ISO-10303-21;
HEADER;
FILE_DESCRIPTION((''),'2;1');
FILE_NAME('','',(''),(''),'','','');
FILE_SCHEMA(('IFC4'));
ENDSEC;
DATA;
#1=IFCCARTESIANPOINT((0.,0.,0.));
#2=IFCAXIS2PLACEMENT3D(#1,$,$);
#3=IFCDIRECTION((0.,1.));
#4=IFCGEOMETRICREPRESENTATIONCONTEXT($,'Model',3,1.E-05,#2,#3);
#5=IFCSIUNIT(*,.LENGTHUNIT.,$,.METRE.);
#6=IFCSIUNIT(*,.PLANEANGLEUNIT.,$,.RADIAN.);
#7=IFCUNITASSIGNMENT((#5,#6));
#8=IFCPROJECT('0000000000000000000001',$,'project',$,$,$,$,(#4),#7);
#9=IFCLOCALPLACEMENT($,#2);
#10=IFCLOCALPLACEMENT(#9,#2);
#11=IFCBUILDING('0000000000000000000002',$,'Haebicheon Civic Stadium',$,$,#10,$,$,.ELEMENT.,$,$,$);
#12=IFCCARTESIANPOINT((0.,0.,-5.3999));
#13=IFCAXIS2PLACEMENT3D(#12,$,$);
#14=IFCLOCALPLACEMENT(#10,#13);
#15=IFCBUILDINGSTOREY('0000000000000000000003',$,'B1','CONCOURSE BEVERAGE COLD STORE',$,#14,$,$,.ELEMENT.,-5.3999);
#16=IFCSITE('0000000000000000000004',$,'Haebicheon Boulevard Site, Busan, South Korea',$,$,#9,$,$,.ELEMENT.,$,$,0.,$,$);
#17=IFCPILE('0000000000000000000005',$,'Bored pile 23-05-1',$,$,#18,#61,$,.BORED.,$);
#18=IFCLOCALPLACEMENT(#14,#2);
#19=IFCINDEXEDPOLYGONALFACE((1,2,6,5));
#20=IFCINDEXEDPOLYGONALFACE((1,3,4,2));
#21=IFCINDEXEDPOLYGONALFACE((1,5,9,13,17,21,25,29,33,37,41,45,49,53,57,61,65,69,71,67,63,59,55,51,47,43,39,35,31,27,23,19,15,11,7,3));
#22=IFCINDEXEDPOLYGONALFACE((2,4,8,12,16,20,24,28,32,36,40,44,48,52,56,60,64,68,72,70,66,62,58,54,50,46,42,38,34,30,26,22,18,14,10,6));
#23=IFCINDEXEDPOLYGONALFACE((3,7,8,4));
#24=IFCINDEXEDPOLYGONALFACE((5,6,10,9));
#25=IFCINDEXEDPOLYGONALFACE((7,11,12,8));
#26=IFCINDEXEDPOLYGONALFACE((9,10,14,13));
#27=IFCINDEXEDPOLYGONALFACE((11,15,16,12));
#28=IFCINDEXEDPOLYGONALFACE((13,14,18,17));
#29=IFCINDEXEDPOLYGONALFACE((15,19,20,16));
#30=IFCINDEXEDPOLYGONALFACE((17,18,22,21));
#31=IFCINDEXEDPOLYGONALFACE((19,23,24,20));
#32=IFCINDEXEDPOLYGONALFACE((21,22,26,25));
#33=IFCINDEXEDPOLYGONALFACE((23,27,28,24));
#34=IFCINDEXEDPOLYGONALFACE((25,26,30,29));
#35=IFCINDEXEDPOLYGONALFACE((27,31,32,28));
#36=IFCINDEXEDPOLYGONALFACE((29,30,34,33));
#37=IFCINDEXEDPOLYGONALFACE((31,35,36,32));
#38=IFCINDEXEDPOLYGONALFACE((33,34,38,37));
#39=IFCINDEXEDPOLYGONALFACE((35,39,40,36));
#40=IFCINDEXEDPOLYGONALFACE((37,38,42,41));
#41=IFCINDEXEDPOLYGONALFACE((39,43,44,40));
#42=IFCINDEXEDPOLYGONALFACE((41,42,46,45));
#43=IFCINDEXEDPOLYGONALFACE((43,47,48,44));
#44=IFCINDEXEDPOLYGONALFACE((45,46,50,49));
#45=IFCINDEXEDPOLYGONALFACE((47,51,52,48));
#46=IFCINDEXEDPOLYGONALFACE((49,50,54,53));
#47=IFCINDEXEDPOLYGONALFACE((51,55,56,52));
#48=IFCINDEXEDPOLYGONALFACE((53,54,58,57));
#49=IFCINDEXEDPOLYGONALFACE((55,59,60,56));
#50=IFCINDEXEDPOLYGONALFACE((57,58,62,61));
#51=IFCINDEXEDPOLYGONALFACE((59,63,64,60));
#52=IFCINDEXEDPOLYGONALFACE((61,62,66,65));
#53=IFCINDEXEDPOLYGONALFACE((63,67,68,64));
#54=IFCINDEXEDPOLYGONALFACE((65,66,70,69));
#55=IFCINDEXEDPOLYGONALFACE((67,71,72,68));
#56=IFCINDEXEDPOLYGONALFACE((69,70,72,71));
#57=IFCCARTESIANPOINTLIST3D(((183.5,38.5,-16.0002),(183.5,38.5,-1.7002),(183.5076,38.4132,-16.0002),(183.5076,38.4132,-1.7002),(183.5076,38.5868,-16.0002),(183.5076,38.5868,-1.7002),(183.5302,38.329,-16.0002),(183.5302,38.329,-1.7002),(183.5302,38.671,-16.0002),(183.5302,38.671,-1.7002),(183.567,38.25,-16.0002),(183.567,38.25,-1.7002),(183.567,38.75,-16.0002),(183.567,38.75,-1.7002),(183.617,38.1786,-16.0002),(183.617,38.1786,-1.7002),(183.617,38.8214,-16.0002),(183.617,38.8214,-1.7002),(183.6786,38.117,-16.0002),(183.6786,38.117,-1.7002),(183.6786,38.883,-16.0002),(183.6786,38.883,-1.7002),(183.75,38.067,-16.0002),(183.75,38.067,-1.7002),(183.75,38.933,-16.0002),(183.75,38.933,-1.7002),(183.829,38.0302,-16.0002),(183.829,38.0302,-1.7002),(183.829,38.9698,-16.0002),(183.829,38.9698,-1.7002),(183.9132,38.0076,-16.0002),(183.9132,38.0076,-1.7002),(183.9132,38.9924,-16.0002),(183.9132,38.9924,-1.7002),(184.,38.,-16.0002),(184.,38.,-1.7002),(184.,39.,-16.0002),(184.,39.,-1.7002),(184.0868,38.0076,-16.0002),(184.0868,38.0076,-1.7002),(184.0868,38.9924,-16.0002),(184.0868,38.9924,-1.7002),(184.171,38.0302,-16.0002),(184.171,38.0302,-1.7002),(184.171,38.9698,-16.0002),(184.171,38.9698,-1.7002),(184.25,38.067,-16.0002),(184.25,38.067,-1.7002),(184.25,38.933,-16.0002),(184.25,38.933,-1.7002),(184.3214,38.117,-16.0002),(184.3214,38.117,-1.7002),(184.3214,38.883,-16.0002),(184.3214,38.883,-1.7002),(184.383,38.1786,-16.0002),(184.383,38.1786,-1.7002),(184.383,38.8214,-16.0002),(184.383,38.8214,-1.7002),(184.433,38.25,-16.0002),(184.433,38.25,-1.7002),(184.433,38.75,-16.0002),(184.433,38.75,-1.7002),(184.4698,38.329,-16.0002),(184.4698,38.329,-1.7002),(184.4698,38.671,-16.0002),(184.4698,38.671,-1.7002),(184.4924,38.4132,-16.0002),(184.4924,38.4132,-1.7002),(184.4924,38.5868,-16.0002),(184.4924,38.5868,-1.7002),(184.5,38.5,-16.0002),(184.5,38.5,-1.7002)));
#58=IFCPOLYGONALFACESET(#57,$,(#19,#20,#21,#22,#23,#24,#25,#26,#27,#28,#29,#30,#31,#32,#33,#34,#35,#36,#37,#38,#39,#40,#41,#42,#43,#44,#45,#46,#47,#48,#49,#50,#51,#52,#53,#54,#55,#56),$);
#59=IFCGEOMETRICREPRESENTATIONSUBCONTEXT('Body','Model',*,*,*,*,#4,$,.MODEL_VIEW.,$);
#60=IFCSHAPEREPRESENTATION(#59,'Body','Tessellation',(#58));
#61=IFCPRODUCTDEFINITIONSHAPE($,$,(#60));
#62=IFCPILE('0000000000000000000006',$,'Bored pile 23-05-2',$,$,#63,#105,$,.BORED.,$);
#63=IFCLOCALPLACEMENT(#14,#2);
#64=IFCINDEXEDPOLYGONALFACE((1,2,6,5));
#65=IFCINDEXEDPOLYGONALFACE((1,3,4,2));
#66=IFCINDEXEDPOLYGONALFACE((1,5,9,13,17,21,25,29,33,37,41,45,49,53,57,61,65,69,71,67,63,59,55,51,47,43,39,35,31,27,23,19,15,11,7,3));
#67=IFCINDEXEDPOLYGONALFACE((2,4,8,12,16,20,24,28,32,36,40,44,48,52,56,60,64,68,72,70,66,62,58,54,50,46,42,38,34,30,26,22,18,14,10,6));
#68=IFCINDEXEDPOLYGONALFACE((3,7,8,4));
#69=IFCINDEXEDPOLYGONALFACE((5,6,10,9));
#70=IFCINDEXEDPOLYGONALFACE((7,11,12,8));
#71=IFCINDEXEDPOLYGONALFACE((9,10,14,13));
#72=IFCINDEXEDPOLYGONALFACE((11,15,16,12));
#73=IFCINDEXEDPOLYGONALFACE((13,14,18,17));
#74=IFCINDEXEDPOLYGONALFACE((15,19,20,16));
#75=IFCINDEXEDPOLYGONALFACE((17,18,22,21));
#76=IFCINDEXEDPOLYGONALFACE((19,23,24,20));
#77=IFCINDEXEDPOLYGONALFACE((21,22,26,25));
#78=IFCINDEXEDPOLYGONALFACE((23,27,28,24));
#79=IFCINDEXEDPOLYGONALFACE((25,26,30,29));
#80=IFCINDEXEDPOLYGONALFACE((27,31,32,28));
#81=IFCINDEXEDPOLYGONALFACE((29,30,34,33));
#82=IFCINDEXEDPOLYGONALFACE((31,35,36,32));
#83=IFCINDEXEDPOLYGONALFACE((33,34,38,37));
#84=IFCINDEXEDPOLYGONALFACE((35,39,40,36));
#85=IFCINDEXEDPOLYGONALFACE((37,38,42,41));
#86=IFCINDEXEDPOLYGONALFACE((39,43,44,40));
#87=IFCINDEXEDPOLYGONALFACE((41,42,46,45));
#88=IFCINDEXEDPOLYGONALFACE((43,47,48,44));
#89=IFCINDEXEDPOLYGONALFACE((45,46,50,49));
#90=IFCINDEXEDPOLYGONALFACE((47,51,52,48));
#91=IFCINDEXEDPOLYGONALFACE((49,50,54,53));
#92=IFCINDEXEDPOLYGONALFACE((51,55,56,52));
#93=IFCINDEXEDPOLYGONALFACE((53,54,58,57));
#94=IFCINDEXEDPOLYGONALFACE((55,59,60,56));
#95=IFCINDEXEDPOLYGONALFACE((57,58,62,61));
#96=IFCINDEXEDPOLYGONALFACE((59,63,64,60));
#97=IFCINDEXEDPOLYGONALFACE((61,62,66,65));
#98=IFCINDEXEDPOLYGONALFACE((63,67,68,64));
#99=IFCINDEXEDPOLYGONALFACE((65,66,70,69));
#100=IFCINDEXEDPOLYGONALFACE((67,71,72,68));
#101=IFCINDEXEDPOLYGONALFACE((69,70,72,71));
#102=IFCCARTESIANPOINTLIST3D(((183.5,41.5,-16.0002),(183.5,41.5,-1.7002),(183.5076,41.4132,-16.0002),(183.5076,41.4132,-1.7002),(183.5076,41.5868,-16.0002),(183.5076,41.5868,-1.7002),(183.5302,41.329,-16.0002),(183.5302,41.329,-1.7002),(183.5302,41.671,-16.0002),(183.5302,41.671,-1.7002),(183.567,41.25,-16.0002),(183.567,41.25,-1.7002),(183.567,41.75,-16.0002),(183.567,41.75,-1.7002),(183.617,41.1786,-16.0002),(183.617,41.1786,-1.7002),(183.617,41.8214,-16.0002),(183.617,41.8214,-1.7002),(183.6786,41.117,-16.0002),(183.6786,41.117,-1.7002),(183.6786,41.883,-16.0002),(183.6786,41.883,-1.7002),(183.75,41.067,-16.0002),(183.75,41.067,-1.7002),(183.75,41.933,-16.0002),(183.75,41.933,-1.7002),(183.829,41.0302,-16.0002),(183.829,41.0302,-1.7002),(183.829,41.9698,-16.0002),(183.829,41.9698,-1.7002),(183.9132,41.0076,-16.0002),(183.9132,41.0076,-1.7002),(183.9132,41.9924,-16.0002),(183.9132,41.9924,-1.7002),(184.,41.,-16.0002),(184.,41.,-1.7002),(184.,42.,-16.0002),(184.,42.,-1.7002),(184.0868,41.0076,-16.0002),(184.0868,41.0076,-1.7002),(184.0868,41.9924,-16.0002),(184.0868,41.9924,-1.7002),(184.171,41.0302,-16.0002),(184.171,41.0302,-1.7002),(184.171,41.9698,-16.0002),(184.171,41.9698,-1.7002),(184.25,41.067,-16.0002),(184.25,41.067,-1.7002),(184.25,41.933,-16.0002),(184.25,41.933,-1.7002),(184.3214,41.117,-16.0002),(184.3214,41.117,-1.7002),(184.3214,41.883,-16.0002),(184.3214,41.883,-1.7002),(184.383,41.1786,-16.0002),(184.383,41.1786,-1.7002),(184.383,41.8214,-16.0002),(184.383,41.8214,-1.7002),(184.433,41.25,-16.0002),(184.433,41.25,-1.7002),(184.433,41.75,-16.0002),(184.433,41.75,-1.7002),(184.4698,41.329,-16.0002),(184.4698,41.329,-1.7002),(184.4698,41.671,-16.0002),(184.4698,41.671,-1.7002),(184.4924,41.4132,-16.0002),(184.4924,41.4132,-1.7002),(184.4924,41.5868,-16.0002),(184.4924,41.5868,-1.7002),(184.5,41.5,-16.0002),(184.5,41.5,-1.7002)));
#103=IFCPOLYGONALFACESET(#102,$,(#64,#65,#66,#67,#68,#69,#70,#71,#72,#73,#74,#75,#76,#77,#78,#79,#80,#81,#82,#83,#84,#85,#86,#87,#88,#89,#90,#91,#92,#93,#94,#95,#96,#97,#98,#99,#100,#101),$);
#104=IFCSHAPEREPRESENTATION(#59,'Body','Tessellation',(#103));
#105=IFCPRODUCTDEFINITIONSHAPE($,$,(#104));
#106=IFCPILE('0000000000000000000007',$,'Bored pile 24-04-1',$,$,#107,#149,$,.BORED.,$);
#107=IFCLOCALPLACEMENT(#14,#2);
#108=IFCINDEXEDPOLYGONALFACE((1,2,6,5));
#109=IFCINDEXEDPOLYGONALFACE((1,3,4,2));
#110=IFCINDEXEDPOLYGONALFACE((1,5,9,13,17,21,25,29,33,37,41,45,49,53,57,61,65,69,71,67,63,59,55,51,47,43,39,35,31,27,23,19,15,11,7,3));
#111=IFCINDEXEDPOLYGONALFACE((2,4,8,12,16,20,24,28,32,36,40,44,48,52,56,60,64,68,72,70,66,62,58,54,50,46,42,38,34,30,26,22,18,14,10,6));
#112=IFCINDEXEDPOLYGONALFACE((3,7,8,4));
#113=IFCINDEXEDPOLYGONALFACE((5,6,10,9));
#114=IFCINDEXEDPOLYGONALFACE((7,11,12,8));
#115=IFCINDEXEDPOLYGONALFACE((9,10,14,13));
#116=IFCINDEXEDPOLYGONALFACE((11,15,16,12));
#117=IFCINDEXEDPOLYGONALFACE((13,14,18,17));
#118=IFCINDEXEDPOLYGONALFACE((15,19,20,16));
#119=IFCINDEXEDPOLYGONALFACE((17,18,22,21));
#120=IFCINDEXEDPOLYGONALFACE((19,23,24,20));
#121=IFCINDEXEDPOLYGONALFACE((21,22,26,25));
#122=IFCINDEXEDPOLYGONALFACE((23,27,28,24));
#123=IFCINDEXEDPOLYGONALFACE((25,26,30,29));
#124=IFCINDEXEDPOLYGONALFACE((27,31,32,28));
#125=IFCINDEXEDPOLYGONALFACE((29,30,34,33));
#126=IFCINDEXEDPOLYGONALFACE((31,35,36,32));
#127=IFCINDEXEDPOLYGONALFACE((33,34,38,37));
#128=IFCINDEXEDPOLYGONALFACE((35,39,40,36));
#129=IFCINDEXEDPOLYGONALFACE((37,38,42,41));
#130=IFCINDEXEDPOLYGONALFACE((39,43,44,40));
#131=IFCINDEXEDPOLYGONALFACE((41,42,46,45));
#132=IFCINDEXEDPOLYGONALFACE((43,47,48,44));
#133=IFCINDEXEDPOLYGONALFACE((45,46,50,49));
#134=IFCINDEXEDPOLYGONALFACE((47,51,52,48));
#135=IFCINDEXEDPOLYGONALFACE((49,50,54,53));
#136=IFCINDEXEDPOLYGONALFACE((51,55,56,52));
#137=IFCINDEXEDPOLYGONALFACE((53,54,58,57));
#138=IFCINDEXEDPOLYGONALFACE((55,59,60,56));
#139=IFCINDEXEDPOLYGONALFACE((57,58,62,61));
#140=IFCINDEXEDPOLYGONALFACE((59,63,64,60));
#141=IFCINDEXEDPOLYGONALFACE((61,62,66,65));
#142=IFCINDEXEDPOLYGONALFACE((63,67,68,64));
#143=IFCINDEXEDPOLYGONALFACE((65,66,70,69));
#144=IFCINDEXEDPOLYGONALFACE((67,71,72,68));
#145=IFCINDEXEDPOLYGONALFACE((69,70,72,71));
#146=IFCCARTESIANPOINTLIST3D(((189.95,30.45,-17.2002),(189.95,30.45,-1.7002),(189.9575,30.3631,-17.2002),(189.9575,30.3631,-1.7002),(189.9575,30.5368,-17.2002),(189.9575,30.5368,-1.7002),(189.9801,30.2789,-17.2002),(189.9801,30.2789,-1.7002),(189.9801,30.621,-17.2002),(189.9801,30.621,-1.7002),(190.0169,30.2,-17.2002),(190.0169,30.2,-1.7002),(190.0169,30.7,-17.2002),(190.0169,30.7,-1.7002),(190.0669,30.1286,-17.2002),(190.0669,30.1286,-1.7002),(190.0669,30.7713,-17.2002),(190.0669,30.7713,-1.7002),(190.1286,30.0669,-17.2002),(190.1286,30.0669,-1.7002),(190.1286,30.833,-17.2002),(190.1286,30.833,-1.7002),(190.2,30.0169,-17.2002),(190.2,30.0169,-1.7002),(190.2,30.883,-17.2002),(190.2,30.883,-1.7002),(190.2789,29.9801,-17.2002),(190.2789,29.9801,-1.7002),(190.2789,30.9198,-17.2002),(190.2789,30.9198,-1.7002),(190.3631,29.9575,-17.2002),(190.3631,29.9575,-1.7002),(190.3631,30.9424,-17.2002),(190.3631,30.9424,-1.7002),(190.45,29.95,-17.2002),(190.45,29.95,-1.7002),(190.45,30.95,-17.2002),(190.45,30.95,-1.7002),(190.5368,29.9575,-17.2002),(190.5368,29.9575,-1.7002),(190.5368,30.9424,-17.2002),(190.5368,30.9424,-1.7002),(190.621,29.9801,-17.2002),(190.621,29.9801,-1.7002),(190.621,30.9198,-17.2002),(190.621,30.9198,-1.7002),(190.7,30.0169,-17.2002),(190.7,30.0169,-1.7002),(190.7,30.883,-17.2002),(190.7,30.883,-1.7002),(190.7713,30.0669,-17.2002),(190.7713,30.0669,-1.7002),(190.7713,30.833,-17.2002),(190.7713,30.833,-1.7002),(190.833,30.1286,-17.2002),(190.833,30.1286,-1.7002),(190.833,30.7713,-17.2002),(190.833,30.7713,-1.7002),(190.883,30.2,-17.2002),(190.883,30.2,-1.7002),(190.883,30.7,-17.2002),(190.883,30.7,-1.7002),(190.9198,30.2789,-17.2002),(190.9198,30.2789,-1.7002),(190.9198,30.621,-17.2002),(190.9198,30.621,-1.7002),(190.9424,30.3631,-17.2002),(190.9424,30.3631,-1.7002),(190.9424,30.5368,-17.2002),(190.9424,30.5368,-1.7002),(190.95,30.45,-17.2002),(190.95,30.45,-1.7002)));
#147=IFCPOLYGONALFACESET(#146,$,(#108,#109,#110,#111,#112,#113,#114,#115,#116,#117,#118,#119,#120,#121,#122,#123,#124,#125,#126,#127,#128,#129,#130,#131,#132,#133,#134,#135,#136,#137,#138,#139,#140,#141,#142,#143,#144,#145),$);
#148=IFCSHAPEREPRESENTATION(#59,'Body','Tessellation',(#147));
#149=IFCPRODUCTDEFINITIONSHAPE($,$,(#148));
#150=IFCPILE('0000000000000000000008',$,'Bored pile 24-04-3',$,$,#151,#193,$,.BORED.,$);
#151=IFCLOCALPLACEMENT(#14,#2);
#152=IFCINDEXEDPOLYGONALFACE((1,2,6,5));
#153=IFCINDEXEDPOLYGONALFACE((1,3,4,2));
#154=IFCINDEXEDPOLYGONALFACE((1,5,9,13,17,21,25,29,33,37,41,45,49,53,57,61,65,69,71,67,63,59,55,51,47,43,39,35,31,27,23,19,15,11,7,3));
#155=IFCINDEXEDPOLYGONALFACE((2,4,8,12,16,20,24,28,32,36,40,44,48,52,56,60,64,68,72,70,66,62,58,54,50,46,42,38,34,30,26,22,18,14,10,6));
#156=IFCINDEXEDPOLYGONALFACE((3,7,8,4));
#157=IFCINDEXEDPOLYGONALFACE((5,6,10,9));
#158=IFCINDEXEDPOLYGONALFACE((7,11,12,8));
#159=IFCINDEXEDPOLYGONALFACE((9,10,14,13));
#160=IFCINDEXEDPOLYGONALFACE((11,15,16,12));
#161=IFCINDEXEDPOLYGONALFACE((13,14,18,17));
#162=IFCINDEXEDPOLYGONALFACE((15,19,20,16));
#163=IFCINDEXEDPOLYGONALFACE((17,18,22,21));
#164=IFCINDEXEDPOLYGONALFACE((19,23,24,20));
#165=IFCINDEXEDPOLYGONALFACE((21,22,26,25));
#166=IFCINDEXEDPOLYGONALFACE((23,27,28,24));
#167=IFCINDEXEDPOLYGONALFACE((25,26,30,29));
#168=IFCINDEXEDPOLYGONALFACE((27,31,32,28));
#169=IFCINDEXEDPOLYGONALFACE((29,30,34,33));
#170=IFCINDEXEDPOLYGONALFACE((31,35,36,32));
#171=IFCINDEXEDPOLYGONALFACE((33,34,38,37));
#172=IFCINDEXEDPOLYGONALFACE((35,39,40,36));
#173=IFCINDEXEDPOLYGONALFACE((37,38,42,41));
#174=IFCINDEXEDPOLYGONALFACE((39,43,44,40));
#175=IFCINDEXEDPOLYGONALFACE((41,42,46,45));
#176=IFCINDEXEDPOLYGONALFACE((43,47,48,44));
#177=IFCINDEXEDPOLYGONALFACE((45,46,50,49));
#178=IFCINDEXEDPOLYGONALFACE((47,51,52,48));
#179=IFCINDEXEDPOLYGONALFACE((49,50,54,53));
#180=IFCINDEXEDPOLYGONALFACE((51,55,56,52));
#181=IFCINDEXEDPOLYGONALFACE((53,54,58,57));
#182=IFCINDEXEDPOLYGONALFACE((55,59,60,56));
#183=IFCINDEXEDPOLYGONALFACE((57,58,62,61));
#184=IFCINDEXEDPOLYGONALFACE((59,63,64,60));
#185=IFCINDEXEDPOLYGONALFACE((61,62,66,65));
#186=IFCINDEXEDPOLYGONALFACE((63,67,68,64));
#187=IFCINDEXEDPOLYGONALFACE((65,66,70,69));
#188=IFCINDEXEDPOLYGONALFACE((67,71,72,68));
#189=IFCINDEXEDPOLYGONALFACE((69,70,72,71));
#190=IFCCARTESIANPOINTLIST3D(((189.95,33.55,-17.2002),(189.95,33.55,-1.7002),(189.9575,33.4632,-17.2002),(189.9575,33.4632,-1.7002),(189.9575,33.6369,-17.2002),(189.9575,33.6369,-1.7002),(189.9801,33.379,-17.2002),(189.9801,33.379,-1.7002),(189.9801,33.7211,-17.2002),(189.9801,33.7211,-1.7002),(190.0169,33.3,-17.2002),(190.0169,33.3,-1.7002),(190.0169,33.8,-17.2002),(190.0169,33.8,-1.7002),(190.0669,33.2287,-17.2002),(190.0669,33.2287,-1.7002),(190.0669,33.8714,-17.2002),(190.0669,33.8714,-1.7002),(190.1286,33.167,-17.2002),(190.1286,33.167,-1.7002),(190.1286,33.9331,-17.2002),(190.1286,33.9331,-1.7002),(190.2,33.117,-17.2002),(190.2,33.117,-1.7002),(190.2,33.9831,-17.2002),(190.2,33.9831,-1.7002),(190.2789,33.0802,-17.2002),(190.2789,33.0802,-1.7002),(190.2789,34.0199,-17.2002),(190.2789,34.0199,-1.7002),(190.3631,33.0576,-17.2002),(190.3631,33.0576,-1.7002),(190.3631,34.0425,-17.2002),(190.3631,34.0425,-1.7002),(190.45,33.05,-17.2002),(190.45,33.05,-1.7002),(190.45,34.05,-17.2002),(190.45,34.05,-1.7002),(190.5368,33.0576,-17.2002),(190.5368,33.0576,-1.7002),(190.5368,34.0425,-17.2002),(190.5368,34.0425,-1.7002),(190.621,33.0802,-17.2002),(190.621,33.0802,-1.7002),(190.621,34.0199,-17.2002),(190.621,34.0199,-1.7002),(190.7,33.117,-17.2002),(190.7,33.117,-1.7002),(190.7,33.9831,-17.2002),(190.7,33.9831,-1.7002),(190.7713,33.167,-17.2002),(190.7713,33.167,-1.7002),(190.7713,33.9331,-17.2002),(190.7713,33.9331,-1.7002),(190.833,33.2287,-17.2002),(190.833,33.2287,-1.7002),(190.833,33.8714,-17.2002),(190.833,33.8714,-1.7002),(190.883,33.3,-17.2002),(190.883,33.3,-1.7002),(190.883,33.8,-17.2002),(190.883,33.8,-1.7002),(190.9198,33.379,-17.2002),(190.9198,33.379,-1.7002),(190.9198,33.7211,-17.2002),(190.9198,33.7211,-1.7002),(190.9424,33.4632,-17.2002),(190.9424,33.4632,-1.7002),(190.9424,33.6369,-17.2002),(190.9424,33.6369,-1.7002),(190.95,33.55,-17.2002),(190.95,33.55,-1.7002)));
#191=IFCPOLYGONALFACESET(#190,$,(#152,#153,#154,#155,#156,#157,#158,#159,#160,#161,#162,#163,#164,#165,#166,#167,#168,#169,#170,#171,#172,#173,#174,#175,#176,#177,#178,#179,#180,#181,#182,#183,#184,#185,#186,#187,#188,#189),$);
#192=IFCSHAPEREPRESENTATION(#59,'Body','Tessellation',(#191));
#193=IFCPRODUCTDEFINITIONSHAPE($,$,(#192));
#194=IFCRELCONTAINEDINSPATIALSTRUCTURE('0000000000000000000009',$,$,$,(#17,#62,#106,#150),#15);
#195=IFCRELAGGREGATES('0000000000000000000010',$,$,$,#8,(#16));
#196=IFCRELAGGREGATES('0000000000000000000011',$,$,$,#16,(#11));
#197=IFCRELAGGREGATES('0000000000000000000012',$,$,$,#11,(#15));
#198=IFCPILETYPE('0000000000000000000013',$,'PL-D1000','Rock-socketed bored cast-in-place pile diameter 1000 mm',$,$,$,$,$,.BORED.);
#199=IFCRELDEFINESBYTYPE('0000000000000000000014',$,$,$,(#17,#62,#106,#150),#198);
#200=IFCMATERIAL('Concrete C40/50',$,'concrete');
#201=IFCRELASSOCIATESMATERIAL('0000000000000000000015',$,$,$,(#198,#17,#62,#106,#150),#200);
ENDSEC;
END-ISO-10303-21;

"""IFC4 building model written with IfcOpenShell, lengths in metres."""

from ifc_helpers import new_model, si_unit, direction, frame, origin, origin_2d, place, context, subcontext, project, spatial, circle, extrude, material, material_profile, profile_set, type_object, element, save


model = new_model("IFC4")

# Units and contexts
model_context = context("Model", 3, precision=1e-05, world=origin(), true_north=direction((0.0, 1.0)))
body_context = subcontext(model_context, "Body", "Model", "MODEL_VIEW")
ifc_project = project(units=[si_unit("LENGTHUNIT", "METRE"), si_unit("PLANEANGLEUNIT", "RADIAN")], contexts=[model_context])

# Site, building, storey
site_placement = place(None, origin())
site = spatial("IfcSite", under=ifc_project, at=site_placement, Name="Haebicheon Boulevard Site, Busan, South Korea", CompositionType="ELEMENT", RefElevation=0.0)
building_placement = place(site_placement, origin())
building = spatial("IfcBuilding", under=site, at=building_placement, Name="Haebicheon Civic Stadium", CompositionType="ELEMENT")
storey_placement = place(building_placement, frame((0.0, 0.0, -5.3999)))
storey = spatial("IfcBuildingStorey", under=building, at=storey_placement, Name="B1", Description="CONCOURSE BEVERAGE COLD STORE", CompositionType="ELEMENT", Elevation=-5.3999)

# Piles
ifc_material_1 = material(Name="Concrete C40/50", Category="concrete")
ifc_material_profile_1 = material_profile(ifc_material_1, circle(Radius=0.5, at=origin_2d()), Name="PILE-D1000")
ifc_profile_set_1 = profile_set([ifc_material_profile_1], Name="Concrete C40/50")
pile_type = type_object("IfcPileType", Name="PL-D1000", Description="Rock-socketed bored cast-in-place pile diameter 1000 mm", PredefinedType="BORED", material=ifc_profile_set_1)
for number, where, z_axis, x_axis, name in (
    (1, (184.0, 38.5, -1.7002), (0.0, 0.0, -1.0), (1.0, 0.0, 0.0), "Bored pile 23-05-1"),
    (2, (184.0, 41.5, -1.7002), (0.0, 0.0, -1.0), (1.0, 0.0, 0.0), "Bored pile 23-05-2"),
):
    element("IfcPile", number, at=place(storey_placement, frame(where, z_axis=z_axis, x_axis=x_axis)), inside=storey, type_object=pile_type, material=ifc_profile_set_1, Name=name, PredefinedType="BORED", context=body_context, shape_type="SweptSolid", body=[
        extrude(circle(Radius=0.5, at=origin_2d()), origin(), (0.0, 0.0, 1.0), 14.3),
    ])
for number, where, z_axis, x_axis, name in (
    (3, (190.45, 30.45, -1.7002), (0.0, 0.0, -1.0), (1.0, 0.0, 0.0), "Bored pile 24-04-1"),
    (4, (190.45, 33.55, -1.7002), (0.0, 0.0, -1.0), (1.0, 0.0, 0.0), "Bored pile 24-04-3"),
):
    element("IfcPile", number, at=place(storey_placement, frame(where, z_axis=z_axis, x_axis=x_axis)), inside=storey, type_object=pile_type, material=ifc_profile_set_1, Name=name, PredefinedType="BORED", context=body_context, shape_type="SweptSolid", body=[
        extrude(circle(Radius=0.5, at=origin_2d()), origin(), (0.0, 0.0, 1.0), 15.5),
    ])

save(model, "model.ifc")
